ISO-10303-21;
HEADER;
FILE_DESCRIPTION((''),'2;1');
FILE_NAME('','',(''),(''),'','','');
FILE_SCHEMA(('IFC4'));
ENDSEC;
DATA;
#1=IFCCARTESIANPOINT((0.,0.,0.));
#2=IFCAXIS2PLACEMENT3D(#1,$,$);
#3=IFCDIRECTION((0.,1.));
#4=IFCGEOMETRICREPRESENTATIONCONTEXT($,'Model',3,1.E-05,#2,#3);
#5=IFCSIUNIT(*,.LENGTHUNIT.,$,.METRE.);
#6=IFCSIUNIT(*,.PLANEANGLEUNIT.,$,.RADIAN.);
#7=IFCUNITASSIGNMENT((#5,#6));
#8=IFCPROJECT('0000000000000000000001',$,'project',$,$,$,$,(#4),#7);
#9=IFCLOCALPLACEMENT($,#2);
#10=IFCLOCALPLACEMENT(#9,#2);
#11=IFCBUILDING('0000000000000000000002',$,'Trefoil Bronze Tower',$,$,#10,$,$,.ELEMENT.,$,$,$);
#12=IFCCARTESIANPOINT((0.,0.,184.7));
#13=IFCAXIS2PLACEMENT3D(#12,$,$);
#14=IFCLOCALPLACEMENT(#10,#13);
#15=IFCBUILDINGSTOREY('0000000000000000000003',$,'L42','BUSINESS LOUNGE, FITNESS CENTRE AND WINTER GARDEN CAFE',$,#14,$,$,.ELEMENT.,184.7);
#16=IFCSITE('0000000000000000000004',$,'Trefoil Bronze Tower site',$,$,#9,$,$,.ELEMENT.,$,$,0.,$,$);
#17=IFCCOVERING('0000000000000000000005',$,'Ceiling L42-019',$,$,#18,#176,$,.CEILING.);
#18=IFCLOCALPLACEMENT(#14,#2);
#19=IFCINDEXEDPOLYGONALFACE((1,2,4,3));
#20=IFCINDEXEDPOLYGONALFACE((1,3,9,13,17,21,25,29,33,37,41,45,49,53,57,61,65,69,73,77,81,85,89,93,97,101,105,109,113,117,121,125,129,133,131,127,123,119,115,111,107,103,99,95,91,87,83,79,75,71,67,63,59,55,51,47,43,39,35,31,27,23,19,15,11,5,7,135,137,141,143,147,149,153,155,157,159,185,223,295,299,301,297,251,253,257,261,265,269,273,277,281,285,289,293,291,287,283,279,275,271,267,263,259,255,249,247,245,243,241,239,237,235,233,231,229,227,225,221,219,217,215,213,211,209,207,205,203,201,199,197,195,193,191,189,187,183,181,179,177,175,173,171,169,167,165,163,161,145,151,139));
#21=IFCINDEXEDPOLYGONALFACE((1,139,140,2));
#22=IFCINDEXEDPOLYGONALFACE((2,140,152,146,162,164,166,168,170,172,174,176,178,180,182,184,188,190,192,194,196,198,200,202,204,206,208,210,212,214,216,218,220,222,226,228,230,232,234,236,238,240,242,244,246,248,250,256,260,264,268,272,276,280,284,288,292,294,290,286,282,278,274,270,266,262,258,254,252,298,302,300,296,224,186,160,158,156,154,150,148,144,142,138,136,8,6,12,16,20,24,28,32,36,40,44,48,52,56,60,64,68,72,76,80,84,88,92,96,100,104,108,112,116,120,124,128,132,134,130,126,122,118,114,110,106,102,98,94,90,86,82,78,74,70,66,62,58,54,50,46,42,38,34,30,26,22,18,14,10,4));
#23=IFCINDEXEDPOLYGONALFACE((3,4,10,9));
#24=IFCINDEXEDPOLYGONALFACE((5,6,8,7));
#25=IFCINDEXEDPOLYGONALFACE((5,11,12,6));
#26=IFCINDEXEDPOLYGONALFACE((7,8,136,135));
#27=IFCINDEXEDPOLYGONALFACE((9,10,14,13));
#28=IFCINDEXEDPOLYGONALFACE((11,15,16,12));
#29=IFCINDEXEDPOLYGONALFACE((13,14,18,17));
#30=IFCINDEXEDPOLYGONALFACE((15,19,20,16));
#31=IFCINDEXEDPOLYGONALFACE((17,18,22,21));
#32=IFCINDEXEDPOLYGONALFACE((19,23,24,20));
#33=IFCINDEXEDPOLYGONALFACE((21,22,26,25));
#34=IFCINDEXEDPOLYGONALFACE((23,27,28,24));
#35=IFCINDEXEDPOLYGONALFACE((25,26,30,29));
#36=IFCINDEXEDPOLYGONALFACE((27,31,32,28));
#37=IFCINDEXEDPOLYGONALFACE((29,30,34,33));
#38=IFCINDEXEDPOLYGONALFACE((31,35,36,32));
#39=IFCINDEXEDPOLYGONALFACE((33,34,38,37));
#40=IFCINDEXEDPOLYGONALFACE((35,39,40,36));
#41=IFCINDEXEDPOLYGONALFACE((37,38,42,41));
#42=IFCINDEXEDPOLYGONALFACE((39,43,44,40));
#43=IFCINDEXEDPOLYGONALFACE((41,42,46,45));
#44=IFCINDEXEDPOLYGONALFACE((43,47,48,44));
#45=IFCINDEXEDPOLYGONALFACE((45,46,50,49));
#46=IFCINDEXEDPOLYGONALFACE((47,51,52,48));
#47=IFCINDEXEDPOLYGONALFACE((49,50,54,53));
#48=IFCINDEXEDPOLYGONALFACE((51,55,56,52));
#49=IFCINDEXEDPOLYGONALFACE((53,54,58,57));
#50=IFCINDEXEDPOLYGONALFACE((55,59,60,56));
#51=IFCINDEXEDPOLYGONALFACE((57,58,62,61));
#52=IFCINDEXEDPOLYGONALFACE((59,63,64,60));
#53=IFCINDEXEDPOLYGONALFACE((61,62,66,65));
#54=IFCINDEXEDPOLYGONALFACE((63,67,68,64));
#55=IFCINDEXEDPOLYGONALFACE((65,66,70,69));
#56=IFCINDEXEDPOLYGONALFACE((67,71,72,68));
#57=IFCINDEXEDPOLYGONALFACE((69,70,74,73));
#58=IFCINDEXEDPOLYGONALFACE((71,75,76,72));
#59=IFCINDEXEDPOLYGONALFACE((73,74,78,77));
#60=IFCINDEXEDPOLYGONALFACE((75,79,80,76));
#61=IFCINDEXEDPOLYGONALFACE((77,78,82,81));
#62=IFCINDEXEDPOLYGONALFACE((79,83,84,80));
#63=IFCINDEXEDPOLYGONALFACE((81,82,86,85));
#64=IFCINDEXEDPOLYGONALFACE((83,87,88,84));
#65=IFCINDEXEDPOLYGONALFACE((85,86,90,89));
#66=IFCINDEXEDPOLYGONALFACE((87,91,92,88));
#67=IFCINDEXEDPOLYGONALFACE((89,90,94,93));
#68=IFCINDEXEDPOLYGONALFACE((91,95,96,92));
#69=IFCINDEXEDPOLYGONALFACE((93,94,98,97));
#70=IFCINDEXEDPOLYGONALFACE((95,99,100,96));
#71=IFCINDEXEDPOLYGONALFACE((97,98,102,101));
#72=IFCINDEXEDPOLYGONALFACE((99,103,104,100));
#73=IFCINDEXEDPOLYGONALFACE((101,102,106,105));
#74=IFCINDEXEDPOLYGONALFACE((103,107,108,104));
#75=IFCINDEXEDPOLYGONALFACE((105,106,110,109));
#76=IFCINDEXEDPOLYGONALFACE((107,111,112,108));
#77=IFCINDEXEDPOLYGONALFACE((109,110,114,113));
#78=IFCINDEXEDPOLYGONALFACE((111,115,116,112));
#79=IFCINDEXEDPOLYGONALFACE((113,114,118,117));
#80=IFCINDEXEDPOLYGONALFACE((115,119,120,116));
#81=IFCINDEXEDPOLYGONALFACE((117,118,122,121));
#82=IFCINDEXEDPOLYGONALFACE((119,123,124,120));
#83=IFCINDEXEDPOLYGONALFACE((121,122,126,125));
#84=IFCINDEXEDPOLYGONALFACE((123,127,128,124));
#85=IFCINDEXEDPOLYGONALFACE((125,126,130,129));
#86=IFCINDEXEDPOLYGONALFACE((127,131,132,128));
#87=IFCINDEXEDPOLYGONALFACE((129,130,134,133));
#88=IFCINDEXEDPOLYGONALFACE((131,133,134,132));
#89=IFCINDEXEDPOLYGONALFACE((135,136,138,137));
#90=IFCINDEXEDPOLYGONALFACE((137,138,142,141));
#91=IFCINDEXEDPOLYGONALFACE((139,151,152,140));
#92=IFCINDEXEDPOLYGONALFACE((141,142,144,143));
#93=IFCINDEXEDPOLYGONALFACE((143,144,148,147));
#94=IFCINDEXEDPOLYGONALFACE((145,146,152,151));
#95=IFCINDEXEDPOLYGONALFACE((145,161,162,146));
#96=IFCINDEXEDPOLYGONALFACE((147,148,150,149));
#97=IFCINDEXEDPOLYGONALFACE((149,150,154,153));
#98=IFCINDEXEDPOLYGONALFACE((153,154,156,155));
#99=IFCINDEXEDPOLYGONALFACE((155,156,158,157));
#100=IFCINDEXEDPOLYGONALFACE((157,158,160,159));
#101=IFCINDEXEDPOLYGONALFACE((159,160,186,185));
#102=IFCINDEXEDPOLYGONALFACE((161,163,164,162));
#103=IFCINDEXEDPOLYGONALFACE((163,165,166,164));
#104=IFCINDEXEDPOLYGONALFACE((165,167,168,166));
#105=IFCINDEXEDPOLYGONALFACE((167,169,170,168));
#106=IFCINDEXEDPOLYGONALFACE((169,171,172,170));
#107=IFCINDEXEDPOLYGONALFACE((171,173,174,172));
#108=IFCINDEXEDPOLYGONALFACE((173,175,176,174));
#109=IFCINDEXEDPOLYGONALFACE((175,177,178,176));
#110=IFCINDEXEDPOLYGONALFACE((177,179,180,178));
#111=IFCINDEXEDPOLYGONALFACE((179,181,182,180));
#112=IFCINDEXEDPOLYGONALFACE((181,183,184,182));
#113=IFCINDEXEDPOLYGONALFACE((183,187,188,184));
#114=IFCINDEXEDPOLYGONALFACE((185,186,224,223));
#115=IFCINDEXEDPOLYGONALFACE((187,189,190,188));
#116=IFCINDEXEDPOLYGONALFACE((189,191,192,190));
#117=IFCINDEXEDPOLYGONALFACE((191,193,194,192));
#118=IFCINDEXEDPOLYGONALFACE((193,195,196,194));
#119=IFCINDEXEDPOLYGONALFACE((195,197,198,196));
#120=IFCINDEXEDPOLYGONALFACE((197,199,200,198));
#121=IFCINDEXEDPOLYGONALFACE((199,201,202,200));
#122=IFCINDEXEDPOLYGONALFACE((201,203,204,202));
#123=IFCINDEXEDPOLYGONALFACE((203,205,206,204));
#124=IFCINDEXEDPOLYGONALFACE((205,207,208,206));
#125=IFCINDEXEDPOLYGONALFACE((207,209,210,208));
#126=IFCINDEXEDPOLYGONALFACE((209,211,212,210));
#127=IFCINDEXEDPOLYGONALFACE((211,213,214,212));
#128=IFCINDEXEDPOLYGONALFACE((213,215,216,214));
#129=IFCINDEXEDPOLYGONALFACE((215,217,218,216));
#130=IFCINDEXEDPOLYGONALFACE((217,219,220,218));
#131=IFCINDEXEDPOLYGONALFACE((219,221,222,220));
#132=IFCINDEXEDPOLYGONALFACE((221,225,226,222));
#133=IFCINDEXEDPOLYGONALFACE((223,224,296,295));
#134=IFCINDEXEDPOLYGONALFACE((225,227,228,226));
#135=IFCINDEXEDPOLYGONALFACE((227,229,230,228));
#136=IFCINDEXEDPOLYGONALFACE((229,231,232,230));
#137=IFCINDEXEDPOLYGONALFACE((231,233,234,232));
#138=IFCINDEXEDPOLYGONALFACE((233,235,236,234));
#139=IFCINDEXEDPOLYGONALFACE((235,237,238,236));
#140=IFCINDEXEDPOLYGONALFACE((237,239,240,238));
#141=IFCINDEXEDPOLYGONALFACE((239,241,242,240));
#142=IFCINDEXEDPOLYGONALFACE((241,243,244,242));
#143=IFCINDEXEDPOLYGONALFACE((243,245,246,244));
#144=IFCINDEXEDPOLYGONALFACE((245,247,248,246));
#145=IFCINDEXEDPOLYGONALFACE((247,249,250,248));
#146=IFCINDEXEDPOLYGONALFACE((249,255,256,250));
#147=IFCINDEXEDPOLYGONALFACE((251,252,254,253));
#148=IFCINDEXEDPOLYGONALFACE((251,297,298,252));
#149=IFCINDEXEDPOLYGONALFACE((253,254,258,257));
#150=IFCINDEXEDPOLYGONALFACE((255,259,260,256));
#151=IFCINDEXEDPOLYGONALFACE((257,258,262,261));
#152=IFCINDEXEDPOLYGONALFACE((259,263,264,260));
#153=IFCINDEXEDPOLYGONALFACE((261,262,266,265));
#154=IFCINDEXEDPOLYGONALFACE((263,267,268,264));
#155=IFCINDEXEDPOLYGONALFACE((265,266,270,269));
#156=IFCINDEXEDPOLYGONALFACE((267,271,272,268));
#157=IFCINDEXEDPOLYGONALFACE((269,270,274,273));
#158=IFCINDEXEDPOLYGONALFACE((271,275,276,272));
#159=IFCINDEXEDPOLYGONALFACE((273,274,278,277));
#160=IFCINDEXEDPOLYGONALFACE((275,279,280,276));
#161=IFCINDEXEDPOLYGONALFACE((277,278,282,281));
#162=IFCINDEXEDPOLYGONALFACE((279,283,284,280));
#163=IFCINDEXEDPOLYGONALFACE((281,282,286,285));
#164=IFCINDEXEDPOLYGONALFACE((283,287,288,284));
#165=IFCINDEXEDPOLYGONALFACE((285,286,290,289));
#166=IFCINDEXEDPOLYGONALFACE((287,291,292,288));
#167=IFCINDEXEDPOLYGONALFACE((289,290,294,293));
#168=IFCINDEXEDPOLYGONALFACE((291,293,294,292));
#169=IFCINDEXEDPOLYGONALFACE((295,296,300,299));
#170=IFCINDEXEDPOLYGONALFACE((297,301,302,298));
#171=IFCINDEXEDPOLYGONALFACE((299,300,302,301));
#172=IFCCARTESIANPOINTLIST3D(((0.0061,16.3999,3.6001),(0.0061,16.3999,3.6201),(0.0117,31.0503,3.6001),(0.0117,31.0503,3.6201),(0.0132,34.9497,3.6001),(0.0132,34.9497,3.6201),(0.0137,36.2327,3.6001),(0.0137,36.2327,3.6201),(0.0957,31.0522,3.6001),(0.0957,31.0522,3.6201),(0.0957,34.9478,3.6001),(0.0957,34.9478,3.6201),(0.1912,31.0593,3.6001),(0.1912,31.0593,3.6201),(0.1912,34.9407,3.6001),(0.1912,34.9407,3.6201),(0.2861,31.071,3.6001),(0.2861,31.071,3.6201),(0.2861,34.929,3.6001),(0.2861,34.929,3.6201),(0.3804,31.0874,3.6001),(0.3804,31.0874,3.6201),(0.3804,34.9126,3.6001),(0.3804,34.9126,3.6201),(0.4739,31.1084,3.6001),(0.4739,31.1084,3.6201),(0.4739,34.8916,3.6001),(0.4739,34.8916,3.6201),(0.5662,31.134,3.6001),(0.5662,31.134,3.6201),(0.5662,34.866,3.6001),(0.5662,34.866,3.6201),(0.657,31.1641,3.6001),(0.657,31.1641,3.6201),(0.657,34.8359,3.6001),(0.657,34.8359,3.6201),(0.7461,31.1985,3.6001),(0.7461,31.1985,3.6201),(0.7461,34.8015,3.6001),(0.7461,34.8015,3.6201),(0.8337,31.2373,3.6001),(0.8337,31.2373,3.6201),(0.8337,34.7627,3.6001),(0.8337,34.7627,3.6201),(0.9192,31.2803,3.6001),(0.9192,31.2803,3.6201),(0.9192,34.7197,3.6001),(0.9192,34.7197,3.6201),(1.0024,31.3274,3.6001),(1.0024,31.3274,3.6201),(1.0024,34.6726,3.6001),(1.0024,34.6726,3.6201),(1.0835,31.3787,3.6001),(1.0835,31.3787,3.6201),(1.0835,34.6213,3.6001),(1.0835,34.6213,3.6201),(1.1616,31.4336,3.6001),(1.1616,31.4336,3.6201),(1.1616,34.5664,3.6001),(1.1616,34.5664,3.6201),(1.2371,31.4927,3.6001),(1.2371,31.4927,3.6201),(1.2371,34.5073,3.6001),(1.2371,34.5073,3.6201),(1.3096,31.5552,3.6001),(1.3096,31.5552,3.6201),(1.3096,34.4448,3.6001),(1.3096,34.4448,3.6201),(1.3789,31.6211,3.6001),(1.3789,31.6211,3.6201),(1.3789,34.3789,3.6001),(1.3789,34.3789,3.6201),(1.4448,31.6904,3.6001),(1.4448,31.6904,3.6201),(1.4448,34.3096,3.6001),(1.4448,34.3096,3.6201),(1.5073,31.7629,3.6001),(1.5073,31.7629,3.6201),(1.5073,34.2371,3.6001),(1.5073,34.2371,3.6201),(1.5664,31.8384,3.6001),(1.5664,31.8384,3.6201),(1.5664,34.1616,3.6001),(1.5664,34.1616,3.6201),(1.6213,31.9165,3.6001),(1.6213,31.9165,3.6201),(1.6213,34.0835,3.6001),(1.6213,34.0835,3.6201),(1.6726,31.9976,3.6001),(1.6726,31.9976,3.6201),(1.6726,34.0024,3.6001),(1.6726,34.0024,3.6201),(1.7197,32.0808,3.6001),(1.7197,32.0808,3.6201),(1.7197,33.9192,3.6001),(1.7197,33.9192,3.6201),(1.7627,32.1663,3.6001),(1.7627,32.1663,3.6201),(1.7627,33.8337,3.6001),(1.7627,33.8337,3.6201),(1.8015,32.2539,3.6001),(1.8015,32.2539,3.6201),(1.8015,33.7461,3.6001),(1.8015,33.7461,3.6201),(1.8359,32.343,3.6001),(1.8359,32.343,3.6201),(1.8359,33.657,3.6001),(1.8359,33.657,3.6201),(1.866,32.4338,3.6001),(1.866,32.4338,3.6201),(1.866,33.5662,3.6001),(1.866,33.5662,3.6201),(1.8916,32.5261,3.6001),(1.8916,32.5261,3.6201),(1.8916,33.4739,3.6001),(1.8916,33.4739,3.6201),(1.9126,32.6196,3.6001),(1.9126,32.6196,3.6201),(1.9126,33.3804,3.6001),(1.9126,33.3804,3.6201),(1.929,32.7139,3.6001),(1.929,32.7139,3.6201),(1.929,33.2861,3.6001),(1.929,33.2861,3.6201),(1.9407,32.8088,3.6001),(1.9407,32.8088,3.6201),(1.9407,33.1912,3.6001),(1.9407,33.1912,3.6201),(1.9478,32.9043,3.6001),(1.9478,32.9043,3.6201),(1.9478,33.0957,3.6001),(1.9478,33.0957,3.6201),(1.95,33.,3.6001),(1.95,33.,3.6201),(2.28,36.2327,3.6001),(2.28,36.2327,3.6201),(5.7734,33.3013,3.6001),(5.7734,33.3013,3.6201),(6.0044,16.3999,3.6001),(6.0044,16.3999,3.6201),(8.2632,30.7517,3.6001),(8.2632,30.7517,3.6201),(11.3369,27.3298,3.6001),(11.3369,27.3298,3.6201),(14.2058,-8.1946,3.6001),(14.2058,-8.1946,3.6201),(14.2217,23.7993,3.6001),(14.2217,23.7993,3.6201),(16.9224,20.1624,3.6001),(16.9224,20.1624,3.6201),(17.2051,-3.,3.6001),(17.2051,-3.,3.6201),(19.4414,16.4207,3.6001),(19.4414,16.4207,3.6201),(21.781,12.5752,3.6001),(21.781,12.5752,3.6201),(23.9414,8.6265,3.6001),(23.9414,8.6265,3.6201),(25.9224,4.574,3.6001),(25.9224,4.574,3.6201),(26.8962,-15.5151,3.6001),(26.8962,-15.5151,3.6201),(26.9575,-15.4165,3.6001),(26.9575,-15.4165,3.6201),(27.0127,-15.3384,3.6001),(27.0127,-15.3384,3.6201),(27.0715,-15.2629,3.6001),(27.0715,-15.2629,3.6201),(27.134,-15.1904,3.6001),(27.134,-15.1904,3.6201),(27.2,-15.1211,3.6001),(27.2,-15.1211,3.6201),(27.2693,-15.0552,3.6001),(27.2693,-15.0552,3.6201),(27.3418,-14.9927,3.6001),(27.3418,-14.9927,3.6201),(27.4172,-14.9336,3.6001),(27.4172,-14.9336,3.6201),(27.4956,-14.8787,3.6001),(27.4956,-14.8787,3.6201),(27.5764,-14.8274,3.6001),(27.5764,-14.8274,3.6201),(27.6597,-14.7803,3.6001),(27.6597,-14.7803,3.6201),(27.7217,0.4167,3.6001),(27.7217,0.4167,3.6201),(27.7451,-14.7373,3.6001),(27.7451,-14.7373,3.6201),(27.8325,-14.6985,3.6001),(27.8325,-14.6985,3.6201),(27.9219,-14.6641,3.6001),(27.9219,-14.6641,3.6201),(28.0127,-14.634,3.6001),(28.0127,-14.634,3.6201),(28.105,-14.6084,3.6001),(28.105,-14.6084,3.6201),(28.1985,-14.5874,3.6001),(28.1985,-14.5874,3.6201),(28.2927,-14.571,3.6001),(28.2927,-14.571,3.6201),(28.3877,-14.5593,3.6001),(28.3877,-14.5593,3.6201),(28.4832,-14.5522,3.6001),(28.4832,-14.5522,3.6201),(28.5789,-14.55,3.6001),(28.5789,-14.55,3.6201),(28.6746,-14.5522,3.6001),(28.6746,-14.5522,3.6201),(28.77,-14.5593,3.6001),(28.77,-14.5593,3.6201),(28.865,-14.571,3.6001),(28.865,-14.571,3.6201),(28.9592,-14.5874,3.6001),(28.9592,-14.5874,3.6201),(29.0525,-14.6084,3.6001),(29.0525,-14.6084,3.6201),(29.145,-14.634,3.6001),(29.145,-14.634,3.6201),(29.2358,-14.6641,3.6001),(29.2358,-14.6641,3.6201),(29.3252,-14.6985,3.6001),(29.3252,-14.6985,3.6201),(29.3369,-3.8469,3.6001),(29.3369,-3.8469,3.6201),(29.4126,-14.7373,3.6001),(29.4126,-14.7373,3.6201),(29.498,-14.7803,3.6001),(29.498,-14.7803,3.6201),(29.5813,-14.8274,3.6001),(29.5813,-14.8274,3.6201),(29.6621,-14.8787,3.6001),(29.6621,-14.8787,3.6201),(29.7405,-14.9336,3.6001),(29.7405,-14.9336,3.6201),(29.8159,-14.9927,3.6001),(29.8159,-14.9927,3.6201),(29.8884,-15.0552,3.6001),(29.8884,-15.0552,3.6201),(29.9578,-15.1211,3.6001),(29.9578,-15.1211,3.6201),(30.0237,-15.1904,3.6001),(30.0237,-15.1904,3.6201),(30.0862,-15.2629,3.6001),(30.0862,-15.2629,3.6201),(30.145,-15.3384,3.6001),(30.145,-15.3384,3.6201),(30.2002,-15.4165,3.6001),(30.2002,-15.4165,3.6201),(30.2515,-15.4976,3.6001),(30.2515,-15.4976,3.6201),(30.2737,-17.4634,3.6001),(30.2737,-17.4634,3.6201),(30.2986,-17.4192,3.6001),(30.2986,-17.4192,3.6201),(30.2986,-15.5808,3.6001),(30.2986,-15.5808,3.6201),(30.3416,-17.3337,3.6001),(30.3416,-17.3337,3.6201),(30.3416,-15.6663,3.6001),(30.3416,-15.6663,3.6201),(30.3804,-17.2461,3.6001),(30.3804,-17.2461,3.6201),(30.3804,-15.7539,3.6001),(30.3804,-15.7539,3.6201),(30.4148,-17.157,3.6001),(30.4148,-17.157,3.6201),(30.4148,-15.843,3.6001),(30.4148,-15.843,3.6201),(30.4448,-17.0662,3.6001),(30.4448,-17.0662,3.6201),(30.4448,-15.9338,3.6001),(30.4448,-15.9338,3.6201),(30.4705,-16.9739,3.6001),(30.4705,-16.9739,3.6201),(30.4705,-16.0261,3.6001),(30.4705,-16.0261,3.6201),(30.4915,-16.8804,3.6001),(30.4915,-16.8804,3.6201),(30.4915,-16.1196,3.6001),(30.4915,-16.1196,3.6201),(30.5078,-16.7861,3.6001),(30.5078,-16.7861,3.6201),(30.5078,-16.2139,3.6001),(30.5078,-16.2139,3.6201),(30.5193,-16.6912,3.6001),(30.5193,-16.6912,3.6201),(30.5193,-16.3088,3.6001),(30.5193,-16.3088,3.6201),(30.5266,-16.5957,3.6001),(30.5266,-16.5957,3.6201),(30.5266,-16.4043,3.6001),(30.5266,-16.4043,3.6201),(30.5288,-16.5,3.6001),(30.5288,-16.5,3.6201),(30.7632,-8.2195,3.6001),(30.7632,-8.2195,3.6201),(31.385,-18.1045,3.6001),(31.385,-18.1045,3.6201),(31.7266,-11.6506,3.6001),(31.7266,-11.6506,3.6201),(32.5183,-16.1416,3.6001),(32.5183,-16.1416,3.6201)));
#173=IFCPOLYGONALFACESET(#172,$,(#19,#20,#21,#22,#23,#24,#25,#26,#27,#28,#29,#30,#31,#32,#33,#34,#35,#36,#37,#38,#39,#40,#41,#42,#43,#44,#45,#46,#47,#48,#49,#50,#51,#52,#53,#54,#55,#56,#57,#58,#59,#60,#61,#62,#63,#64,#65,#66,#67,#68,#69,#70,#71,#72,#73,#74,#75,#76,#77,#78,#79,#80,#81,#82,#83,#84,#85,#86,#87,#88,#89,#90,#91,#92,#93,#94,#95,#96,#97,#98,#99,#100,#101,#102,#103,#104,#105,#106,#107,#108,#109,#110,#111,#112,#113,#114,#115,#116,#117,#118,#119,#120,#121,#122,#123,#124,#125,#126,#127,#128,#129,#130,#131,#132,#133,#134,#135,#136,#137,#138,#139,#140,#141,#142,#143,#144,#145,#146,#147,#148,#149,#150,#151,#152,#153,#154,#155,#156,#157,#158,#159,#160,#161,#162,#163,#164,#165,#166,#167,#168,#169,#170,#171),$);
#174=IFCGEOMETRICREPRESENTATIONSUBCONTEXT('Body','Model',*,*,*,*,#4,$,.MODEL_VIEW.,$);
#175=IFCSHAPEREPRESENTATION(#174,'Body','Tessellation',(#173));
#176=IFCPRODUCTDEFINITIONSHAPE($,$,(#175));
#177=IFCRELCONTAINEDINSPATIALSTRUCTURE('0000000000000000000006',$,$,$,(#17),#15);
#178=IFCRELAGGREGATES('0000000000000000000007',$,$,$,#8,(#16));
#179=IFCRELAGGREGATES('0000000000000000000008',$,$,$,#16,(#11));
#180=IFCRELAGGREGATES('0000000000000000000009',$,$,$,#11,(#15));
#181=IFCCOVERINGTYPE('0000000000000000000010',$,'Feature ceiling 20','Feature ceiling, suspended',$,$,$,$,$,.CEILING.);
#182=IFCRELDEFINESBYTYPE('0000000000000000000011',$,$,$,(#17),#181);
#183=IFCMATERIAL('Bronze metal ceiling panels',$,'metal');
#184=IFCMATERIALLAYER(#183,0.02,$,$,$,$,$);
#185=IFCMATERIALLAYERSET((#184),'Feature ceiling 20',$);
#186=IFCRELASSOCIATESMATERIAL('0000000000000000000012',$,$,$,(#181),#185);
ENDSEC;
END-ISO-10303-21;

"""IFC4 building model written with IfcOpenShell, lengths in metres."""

from ifc_helpers import new_model, si_unit, direction, frame, origin, place, context, subcontext, project, spatial, polyline, outline, extrude, material, layer, layer_set, type_object, element, save


model = new_model("IFC4")

# Units and contexts
model_context = context("Model", 3, precision=1e-05, world=origin(), true_north=direction((0.0, 1.0)))
body_context = subcontext(model_context, "Body", "Model", "MODEL_VIEW")
ifc_project = project(units=[si_unit("LENGTHUNIT", "METRE"), si_unit("PLANEANGLEUNIT", "RADIAN")], contexts=[model_context])

# Site, building, storey
site_placement = place(None, origin())
site = spatial("IfcSite", under=ifc_project, at=site_placement, Name="Trefoil Bronze Tower site", CompositionType="ELEMENT", RefElevation=0.0)
building_placement = place(site_placement, origin())
building = spatial("IfcBuilding", under=site, at=building_placement, Name="Trefoil Bronze Tower", CompositionType="ELEMENT")
storey_placement = place(building_placement, frame((0.0, 0.0, 184.7)))
storey = spatial("IfcBuildingStorey", under=building, at=storey_placement, Name="L42", Description="BUSINESS LOUNGE, FITNESS CENTRE AND WINTER GARDEN CAFE", CompositionType="ELEMENT", Elevation=184.7)

# Covering
ifc_material_1 = material(Name="Bronze metal ceiling panels", Category="metal")
ifc_layer_1 = layer(ifc_material_1, 0.02)
ifc_layer_set_1 = layer_set([ifc_layer_1], Name="Feature ceiling 20")
covering_type_1 = type_object("IfcCoveringType", Name="Feature ceiling 20", Description="Feature ceiling, suspended", PredefinedType="CEILING", material=ifc_layer_set_1)
covering_1_placement = place(storey_placement, frame((0.0, 0.0, 3.6001)))
element("IfcCovering", 1, at=covering_1_placement, inside=storey, type_object=covering_type_1, Name="Ceiling L42-019", PredefinedType="CEILING", context=body_context, shape_type="SweptSolid", body=[
    extrude(outline(polyline([(8.2632, 30.7517), (11.3369, 27.3298), (14.2217, 23.7993), (16.9224, 20.1624), (19.4414, 16.4207), (21.781, 12.5752), (23.9414, 8.6265), (25.9224, 4.574), (27.7217, 0.4167), (29.3369, -3.8469), (30.7632, -8.2195), (31.7266, -11.6506), (32.5183, -16.1416), (31.385, -18.1045), (30.2737, -17.4634), (30.2986, -17.4192), (30.3416, -17.3337), (30.3804, -17.2461), (30.4148, -17.157), (30.4448, -17.0662), (30.4705, -16.9739), (30.4915, -16.8804), (30.5078, -16.7861), (30.5193, -16.6912), (30.5266, -16.5957), (30.5288, -16.5), (30.5266, -16.4043), (30.5193, -16.3088), (30.5078, -16.2139), (30.4915, -16.1196), (30.4705, -16.0261), (30.4448, -15.9338), (30.4148, -15.843), (30.3804, -15.7539), (30.3416, -15.6663), (30.2986, -15.5808), (30.2515, -15.4976), (30.2002, -15.4165), (30.145, -15.3384), (30.0862, -15.2629), (30.0237, -15.1904), (29.9578, -15.1211), (29.8884, -15.0552), (29.8159, -14.9927), (29.7405, -14.9336), (29.6621, -14.8787), (29.5813, -14.8274), (29.498, -14.7803), (29.4126, -14.7373), (29.3252, -14.6985), (29.2358, -14.6641), (29.145, -14.634), (29.0525, -14.6084), (28.9592, -14.5874), (28.865, -14.571), (28.77, -14.5593), (28.6746, -14.5522), (28.5789, -14.55), (28.4832, -14.5522), (28.3877, -14.5593), (28.2927, -14.571), (28.1985, -14.5874), (28.105, -14.6084), (28.0127, -14.634), (27.9219, -14.6641), (27.8325, -14.6985), (27.7451, -14.7373), (27.6597, -14.7803), (27.5764, -14.8274), (27.4956, -14.8787), (27.4172, -14.9336), (27.3418, -14.9927), (27.2693, -15.0552), (27.2, -15.1211), (27.134, -15.1904), (27.0715, -15.2629), (27.0127, -15.3384), (26.9575, -15.4165), (26.8962, -15.5151), (14.2058, -8.1946), (17.2051, -3.0), (6.0044, 16.3999), (0.0061, 16.3999), (0.0117, 31.0503), (0.0957, 31.0522), (0.1912, 31.0593), (0.2861, 31.071), (0.3804, 31.0874), (0.4739, 31.1084), (0.5662, 31.134), (0.657, 31.1641), (0.7461, 31.1985), (0.8337, 31.2373), (0.9192, 31.2803), (1.0024, 31.3274), (1.0835, 31.3787), (1.1616, 31.4336), (1.2371, 31.4927), (1.3096, 31.5552), (1.3789, 31.6211), (1.4448, 31.6904), (1.5073, 31.7629), (1.5664, 31.8384), (1.6213, 31.9165), (1.6726, 31.9976), (1.7197, 32.0808), (1.7627, 32.1663), (1.8015, 32.2539), (1.8359, 32.343), (1.866, 32.4338), (1.8916, 32.5261), (1.9126, 32.6196), (1.929, 32.7139), (1.9407, 32.8088), (1.9478, 32.9043), (1.95, 33.0), (1.9478, 33.0957), (1.9407, 33.1912), (1.929, 33.2861), (1.9126, 33.3804), (1.8916, 33.4739), (1.866, 33.5662), (1.8359, 33.657), (1.8015, 33.7461), (1.7627, 33.8337), (1.7197, 33.9192), (1.6726, 34.0024), (1.6213, 34.0835), (1.5664, 34.1616), (1.5073, 34.2371), (1.4448, 34.3096), (1.3789, 34.3789), (1.3096, 34.4448), (1.2371, 34.5073), (1.1616, 34.5664), (1.0835, 34.6213), (1.0024, 34.6726), (0.9192, 34.7197), (0.8337, 34.7627), (0.7461, 34.8015), (0.657, 34.8359), (0.5662, 34.866), (0.4739, 34.8916), (0.3804, 34.9126), (0.2861, 34.929), (0.1912, 34.9407), (0.0957, 34.9478), (0.0132, 34.9497), (0.0137, 36.2327), (2.28, 36.2327), (5.7734, 33.3013), (8.2632, 30.7517)])), origin(), (0.0, 0.0, 1.0), 0.02),
])

save(model, "model.ifc")
